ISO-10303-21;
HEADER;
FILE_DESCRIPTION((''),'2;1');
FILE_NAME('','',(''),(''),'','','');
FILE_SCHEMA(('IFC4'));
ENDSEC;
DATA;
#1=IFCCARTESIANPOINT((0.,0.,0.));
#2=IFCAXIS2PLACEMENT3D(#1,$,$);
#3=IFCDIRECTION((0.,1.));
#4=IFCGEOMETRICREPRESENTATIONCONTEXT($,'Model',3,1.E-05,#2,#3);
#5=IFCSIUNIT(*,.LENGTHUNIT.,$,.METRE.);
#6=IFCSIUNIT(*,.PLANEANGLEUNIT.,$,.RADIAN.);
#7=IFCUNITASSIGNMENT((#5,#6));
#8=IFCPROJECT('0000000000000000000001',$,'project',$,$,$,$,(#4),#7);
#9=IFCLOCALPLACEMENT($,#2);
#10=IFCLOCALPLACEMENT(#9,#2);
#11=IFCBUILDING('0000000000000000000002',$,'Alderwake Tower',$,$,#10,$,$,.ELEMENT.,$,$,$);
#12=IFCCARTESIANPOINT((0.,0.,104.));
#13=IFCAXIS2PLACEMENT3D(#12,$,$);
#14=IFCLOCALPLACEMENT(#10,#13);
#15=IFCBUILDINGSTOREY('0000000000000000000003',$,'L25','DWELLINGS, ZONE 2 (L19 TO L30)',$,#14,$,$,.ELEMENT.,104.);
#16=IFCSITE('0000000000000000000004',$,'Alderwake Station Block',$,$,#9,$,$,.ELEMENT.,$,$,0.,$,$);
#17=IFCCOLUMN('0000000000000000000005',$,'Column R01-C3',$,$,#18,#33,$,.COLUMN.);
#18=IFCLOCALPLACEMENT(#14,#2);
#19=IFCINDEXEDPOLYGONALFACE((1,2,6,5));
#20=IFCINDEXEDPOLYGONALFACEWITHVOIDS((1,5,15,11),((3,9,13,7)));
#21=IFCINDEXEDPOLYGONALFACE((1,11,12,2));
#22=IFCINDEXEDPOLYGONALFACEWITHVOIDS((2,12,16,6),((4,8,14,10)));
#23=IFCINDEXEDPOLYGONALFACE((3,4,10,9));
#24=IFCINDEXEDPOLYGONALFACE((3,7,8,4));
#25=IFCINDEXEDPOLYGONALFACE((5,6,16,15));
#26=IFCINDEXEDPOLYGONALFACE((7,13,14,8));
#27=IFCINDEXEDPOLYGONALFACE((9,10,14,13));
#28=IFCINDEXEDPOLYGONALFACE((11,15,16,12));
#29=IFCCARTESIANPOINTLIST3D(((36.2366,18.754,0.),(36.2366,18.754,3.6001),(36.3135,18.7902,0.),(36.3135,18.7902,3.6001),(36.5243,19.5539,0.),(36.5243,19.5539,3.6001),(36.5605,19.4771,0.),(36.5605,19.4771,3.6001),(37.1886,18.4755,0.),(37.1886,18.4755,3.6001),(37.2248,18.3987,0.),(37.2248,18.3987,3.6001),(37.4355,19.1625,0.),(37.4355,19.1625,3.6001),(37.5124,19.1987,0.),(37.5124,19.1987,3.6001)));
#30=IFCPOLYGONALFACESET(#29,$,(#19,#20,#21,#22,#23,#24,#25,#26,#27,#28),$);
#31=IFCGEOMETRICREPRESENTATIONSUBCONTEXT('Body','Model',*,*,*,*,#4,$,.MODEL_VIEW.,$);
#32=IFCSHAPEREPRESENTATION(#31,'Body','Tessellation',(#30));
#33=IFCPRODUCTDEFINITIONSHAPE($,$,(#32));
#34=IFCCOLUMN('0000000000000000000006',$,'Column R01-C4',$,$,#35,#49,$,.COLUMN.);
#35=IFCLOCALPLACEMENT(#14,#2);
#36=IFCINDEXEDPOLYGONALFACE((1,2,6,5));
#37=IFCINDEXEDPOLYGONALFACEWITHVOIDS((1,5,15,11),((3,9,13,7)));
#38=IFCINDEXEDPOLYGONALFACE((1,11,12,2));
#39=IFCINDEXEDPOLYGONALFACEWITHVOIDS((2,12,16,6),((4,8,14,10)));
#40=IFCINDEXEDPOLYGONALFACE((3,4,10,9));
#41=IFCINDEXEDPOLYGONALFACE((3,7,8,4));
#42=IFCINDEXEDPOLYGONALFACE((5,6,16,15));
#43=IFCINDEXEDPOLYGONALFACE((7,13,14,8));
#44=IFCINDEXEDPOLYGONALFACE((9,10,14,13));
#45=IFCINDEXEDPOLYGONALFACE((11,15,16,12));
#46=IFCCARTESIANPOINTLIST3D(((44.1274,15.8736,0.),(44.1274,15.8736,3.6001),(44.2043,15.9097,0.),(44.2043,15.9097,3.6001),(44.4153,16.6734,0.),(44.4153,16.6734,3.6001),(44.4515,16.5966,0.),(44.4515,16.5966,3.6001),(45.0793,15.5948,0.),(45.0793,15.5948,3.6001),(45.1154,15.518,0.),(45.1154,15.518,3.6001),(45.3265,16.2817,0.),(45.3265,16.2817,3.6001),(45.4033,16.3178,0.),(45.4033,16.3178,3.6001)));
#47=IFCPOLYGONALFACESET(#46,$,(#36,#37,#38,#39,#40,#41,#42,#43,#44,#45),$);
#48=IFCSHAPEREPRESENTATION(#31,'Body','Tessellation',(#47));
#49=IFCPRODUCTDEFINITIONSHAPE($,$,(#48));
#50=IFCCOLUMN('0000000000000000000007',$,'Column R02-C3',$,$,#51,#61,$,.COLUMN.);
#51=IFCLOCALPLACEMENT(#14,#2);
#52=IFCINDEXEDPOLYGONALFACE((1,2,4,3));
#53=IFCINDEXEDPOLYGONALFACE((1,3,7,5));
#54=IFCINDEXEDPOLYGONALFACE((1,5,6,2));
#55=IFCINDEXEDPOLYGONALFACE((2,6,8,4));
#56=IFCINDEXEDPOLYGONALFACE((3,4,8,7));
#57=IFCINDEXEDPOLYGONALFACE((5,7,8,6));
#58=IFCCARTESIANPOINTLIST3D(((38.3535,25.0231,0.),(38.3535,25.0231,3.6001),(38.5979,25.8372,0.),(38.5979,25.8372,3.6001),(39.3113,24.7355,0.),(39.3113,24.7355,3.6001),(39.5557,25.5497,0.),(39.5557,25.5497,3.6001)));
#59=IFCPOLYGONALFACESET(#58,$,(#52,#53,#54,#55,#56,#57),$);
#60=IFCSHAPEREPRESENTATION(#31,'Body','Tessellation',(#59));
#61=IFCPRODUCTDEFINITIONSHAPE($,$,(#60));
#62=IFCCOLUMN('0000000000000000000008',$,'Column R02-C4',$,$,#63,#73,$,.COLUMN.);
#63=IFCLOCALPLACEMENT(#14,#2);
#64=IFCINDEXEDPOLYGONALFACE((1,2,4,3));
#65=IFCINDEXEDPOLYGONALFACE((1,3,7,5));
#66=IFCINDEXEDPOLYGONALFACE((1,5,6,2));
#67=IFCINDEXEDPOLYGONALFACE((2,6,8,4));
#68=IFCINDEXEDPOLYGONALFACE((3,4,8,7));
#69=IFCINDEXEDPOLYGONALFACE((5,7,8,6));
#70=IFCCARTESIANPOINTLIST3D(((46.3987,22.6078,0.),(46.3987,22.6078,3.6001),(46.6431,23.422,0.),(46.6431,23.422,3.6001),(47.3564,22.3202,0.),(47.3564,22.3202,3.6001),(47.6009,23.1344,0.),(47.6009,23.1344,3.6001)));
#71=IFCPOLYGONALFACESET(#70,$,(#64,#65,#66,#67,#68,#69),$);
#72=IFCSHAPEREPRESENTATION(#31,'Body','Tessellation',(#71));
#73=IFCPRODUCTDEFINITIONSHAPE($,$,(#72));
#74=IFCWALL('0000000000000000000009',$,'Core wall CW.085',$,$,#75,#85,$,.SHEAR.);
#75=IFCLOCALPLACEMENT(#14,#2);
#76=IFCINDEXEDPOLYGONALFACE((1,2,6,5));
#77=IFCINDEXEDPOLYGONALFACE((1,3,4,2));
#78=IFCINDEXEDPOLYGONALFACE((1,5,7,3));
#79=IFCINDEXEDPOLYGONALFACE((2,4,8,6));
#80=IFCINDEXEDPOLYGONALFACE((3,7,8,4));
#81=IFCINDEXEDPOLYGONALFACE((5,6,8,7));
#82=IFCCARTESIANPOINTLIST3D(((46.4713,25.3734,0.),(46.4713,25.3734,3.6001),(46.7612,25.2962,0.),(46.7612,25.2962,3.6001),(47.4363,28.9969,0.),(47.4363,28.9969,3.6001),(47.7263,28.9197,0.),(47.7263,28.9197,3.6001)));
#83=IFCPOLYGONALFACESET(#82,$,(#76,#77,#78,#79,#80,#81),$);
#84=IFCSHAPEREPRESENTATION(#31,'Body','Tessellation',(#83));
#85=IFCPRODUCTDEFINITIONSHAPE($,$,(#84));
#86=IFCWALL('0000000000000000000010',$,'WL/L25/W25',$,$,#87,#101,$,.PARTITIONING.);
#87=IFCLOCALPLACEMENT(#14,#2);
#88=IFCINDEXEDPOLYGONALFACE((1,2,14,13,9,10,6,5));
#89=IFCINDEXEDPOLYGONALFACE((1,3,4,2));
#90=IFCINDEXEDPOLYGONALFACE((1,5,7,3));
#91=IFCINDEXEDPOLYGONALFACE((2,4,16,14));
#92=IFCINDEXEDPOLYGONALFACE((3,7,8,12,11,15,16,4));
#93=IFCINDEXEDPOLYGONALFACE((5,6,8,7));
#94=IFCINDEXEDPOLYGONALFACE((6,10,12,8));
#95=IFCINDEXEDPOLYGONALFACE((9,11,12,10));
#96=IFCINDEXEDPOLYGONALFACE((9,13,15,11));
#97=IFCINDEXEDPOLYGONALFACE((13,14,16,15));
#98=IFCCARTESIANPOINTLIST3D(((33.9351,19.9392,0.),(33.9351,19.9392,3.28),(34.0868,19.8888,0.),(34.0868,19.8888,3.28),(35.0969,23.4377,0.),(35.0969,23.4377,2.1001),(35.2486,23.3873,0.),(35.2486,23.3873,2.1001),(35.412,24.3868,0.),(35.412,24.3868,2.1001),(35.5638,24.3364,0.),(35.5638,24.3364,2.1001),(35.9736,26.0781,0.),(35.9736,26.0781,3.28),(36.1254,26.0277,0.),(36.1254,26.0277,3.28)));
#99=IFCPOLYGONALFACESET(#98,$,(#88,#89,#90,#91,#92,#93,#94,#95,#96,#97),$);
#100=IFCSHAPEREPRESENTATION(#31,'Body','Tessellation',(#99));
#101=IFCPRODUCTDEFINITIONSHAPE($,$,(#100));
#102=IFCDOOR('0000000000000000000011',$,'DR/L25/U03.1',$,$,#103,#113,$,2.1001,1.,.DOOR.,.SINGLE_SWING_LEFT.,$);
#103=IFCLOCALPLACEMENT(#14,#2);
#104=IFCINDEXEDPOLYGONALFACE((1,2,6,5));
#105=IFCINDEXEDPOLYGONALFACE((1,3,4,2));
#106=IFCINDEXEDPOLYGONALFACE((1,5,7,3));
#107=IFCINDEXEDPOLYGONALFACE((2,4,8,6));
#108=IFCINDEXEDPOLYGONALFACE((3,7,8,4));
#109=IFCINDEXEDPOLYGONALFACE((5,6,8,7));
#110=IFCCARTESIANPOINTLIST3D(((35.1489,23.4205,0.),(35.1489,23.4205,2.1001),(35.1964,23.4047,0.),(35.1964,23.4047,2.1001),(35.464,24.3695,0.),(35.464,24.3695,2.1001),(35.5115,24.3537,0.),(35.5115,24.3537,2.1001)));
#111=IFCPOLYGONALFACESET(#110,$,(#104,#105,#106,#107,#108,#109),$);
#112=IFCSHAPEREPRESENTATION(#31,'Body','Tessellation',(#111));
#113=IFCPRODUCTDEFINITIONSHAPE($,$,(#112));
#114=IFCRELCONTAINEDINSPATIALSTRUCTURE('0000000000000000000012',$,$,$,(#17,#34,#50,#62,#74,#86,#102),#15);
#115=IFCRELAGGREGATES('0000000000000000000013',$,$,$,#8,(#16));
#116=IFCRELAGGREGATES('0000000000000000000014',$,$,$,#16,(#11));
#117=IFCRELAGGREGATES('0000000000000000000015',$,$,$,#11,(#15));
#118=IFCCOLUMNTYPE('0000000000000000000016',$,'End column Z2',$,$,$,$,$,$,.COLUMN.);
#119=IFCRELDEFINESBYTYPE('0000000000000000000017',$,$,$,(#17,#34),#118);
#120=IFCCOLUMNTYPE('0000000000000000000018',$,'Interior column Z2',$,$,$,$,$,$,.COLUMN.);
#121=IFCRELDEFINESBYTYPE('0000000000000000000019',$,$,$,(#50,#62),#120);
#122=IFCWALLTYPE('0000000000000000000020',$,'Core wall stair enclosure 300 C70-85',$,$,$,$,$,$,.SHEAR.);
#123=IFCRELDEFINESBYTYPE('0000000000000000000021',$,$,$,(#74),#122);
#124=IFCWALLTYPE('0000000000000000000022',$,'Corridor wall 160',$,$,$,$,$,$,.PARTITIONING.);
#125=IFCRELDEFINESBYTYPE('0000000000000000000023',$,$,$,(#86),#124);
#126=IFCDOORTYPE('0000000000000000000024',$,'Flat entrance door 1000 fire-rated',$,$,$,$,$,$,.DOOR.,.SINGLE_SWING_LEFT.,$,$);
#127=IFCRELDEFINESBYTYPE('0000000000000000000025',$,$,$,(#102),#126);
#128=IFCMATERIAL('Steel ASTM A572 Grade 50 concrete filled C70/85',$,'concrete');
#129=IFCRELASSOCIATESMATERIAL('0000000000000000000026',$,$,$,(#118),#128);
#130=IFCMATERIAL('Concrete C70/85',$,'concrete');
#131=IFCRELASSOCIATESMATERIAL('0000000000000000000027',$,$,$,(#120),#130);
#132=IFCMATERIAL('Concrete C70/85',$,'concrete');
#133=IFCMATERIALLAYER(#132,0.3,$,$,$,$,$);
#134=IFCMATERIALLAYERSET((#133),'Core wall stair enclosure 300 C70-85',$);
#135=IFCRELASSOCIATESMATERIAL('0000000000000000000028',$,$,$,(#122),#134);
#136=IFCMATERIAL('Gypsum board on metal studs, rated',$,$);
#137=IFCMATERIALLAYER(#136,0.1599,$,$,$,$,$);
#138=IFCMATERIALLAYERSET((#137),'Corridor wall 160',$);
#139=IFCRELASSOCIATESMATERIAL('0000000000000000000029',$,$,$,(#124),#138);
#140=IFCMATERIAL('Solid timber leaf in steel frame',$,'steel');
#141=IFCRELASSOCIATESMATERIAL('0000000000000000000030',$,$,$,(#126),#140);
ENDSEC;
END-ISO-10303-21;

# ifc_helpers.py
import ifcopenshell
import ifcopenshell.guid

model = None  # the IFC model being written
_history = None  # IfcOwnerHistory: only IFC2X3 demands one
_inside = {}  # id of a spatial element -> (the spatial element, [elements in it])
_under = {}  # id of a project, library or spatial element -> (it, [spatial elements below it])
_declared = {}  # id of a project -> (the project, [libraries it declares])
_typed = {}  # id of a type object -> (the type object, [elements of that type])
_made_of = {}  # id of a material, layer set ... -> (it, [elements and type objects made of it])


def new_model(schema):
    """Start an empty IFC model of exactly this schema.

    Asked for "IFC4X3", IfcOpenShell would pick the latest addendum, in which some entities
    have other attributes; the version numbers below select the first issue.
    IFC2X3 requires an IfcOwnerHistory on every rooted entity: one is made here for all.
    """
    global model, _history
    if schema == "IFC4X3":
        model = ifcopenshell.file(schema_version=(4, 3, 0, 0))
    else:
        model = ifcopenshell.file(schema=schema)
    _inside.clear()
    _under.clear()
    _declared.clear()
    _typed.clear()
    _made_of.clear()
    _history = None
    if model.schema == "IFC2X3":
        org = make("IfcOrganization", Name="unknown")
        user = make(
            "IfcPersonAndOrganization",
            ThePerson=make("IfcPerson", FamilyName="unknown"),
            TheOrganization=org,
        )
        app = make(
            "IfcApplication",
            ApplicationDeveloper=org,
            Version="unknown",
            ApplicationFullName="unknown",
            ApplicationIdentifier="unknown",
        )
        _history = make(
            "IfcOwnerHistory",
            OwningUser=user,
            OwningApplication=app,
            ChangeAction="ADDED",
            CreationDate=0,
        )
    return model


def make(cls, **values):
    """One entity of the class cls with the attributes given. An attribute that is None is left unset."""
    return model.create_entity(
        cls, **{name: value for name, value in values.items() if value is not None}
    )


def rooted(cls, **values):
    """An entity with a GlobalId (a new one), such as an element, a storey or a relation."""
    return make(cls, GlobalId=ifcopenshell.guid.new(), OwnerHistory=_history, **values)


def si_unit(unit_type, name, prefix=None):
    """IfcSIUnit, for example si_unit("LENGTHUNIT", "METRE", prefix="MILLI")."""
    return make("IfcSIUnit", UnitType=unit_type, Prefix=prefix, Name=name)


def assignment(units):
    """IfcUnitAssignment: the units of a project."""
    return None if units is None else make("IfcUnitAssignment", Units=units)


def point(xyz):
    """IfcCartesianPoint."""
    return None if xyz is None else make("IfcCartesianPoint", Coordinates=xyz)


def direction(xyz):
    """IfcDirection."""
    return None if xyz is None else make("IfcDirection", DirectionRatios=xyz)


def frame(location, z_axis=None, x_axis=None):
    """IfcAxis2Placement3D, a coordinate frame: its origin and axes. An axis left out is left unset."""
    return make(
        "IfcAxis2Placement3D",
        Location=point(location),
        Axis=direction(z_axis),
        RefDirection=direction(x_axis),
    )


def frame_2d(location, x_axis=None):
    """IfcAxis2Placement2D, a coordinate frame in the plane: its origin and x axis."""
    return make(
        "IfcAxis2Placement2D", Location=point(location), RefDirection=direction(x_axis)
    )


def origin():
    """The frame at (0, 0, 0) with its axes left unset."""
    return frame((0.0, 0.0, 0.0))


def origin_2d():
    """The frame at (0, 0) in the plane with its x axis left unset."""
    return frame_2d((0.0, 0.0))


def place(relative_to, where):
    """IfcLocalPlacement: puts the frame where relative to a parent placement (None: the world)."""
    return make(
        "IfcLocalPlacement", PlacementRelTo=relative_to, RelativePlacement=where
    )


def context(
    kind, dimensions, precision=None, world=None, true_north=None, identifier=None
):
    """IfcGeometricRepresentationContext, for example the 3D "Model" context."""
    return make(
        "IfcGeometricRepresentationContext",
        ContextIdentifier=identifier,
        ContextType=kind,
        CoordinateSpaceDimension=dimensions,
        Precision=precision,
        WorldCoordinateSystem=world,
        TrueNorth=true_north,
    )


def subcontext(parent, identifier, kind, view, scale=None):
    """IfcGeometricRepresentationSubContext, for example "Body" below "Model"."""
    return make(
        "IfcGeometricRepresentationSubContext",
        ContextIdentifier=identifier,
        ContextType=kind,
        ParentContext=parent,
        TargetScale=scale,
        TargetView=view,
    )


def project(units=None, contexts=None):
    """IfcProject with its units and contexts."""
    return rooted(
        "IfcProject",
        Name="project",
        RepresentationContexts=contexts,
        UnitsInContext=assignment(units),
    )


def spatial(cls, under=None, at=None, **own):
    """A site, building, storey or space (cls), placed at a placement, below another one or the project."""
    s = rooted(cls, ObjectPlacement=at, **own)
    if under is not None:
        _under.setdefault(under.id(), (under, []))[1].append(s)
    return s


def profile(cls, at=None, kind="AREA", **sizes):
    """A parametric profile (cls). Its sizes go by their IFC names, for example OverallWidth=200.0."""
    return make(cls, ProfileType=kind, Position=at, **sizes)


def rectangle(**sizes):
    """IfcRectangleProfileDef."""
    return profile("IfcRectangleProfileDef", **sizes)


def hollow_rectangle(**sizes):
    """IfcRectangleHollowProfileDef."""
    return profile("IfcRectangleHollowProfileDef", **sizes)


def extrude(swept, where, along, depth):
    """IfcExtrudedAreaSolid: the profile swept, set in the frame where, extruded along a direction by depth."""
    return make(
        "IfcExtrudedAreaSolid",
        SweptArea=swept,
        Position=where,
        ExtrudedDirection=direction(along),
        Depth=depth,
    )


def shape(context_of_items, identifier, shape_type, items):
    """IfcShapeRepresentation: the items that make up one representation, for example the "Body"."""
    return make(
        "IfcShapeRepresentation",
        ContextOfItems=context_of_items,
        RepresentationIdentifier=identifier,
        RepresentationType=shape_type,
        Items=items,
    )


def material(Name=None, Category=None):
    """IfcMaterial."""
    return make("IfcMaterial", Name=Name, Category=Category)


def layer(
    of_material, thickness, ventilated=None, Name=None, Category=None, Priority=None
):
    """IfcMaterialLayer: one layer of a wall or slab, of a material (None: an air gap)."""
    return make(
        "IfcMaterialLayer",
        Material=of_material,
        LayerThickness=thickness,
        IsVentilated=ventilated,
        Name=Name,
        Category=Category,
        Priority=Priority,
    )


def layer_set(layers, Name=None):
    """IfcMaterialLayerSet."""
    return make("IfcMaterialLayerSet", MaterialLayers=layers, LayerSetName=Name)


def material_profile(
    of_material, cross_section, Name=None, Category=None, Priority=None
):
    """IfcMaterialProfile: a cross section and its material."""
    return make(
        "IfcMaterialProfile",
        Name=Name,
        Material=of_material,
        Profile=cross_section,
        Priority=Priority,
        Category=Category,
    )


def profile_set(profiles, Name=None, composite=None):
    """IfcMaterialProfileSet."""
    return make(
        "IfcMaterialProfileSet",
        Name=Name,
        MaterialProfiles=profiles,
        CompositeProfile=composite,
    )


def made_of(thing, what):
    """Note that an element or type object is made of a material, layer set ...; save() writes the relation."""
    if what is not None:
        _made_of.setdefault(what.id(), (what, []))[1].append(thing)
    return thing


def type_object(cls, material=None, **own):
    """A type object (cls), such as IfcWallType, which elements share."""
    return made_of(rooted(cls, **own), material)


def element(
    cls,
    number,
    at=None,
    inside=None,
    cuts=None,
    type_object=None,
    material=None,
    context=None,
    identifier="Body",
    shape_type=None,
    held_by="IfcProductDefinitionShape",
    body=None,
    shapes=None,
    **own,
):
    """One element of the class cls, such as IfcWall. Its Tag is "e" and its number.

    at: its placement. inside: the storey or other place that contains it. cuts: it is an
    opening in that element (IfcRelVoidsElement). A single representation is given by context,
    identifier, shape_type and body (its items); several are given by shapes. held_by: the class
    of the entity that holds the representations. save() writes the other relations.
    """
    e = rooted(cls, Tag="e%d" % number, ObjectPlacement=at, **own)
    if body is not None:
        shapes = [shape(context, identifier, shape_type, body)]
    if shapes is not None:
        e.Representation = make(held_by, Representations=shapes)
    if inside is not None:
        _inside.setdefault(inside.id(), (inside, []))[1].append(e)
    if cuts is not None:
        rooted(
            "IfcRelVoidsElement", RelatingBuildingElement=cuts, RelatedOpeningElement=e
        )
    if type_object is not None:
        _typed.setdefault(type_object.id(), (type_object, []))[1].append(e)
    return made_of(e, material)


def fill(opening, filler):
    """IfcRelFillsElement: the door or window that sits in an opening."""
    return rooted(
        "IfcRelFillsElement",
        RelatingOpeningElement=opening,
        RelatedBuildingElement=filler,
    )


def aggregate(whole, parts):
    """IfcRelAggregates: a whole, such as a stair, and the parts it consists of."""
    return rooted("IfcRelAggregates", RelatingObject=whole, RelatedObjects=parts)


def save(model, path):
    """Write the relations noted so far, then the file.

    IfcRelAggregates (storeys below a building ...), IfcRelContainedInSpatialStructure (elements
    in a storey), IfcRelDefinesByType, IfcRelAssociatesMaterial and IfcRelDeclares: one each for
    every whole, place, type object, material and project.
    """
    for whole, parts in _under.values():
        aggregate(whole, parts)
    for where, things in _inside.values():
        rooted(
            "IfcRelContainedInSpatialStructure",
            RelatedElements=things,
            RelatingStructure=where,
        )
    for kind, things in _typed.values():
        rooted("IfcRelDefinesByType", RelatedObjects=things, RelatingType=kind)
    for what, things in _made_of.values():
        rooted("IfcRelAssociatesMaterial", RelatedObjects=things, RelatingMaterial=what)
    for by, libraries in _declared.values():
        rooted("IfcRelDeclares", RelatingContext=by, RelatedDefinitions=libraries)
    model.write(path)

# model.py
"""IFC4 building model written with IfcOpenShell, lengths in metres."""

from ifc_helpers import new_model, si_unit, direction, frame, frame_2d, origin, origin_2d, place, context, subcontext, project, spatial, rectangle, hollow_rectangle, extrude, material, layer, layer_set, material_profile, profile_set, type_object, element, fill, save


model = new_model("IFC4")

# Units and contexts
model_context = context("Model", 3, precision=1e-05, world=origin(), true_north=direction((0.0, 1.0)))
body_context = subcontext(model_context, "Body", "Model", "MODEL_VIEW")
ifc_project = project(units=[si_unit("LENGTHUNIT", "METRE"), si_unit("PLANEANGLEUNIT", "RADIAN")], contexts=[model_context])

# Site, building, storey
site_placement = place(None, origin())
site = spatial("IfcSite", under=ifc_project, at=site_placement, Name="Alderwake Station Block", CompositionType="ELEMENT", RefElevation=0.0)
building_placement = place(site_placement, origin())
building = spatial("IfcBuilding", under=site, at=building_placement, Name="Alderwake Tower", CompositionType="ELEMENT")
storey_placement = place(building_placement, frame((0.0, 0.0, 104.0)))
storey = spatial("IfcBuildingStorey", under=building, at=storey_placement, Name="L25", Description="DWELLINGS, ZONE 2 (L19 TO L30)", CompositionType="ELEMENT", Elevation=104.0)

# Columns
ifc_material_1 = material(Name="Steel ASTM A572 Grade 50 concrete filled C70/85", Category="concrete")
ifc_material_profile_1 = material_profile(ifc_material_1, hollow_rectangle(XDim=0.8501, YDim=1.05, WallThickness=0.0601, at=origin_2d()), Name="BOX 1050X850X60")
ifc_profile_set_1 = profile_set([ifc_material_profile_1], Name="Steel ASTM A572 Grade 50 concrete filled C70/85")
column_type_1 = type_object("IfcColumnType", Name="End column Z2", PredefinedType="COLUMN", material=ifc_profile_set_1)
for number, where, z_axis, x_axis, name in (
    (1, (36.8745, 18.9763, 0.0), (0.0, 0.0, 1.0), (0.338355, 0.941018, 0.0), "Column R01-C3"),
    (2, (44.7654, 16.0957, 0.0), (0.0, 0.0, 1.0), (0.338644, 0.940914, 0.0), "Column R01-C4"),
):
    element("IfcColumn", number, at=place(storey_placement, frame(where, z_axis=z_axis, x_axis=x_axis)), inside=storey, type_object=column_type_1, Name=name, PredefinedType="COLUMN", context=body_context, shape_type="SweptSolid", body=[
        extrude(hollow_rectangle(XDim=0.8501, YDim=1.05, WallThickness=0.0601, at=origin_2d()), origin(), (0.0, 0.0, 1.0), 3.6001),
    ])
ifc_material_2 = material(Name="Concrete C70/85", Category="concrete")
ifc_material_profile_2 = material_profile(ifc_material_2, rectangle(XDim=0.8501, YDim=1.0, at=origin_2d()), Name="RC 1000X850")
ifc_profile_set_2 = profile_set([ifc_material_profile_2], Name="Concrete C70/85")
column_type_2 = type_object("IfcColumnType", Name="Interior column Z2", PredefinedType="COLUMN", material=ifc_profile_set_2)
for number, where, z_axis, x_axis, name in (
    (3, (38.9546, 25.2864, 0.0), (0.0, 0.0, 1.0), (0.287549, 0.957766, 0.0), "Column R02-C3"),
    (4, (46.9998, 22.8711, 0.0), (0.0, 0.0, 1.0), (0.287549, 0.957766, 0.0), "Column R02-C4"),
):
    element("IfcColumn", number, at=place(storey_placement, frame(where, z_axis=z_axis, x_axis=x_axis)), inside=storey, type_object=column_type_2, Name=name, PredefinedType="COLUMN", context=body_context, shape_type="SweptSolid", body=[
        extrude(rectangle(XDim=0.8501, YDim=1.0, at=origin_2d()), origin(), (0.0, 0.0, 1.0), 3.6001),
    ])

# Wall
ifc_material_3 = material(Name="Concrete C70/85", Category="concrete")
ifc_layer_1 = layer(ifc_material_3, 0.3)
ifc_layer_set_1 = layer_set([ifc_layer_1], Name="Core wall stair enclosure 300 C70-85")
wall_type_1 = type_object("IfcWallType", Name="Core wall stair enclosure 300 C70-85", PredefinedType="SHEAR", material=ifc_layer_set_1)
wall_1_placement = place(storey_placement, frame((46.6162, 25.3347, 0.0), z_axis=(0.0, 0.0, 1.0), x_axis=(0.257367, 0.966314, 0.0)))
element("IfcWall", 5, at=wall_1_placement, inside=storey, type_object=wall_type_1, Name="Core wall CW.085", PredefinedType="SHEAR", context=body_context, shape_type="SweptSolid", body=[
    extrude(rectangle(XDim=3.7498, YDim=0.3, at=frame_2d((1.875, 0.0))), origin(), (0.0, 0.0, 1.0), 3.6001),
])

# Wall, opening, door
ifc_material_4 = material(Name="Gypsum board on metal studs, rated")
ifc_layer_2 = layer(ifc_material_4, 0.1599)
ifc_layer_set_2 = layer_set([ifc_layer_2], Name="Corridor wall 160")
wall_type_2 = type_object("IfcWallType", Name="Corridor wall 160", PredefinedType="PARTITIONING", material=ifc_layer_set_2)
wall_2_placement = place(storey_placement, frame((36.0496, 26.053, 0.0), z_axis=(0.0, 0.0, 1.0), x_axis=(-0.315152, -0.949041, 0.0)))
wall_2 = element("IfcWall", 6, at=wall_2_placement, inside=storey, type_object=wall_type_2, Name="WL/L25/W25", PredefinedType="PARTITIONING", context=body_context, shape_type="SweptSolid", body=[
    extrude(rectangle(XDim=6.4685, YDim=0.1599, at=frame_2d((3.2344, 0.0))), origin(), (0.0, 0.0, 1.0), 3.28),
])
opening_1_placement = place(wall_2_placement, frame((1.7822, 0.0, 0.0)))
opening_1 = element("IfcOpeningElement", 7, at=opening_1_placement, cuts=wall_2, PredefinedType="OPENING", context=body_context, shape_type="SweptSolid", body=[
    extrude(rectangle(XDim=1.0, YDim=2.1001, at=frame_2d((0.5, 1.05))), frame((0.0, 0.0898, 0.0), z_axis=(0.0, -1.0, 0.0), x_axis=(1.0, 0.0, 0.0)), (0.0, 0.0, 1.0), 0.1799),
])
ifc_material_5 = material(Name="Solid timber leaf in steel frame", Category="steel")
door_type_1 = type_object("IfcDoorType", Name="Flat entrance door 1000 fire-rated", OperationType="SINGLE_SWING_LEFT", PredefinedType="DOOR", material=ifc_material_5)
door_1_placement = place(opening_1_placement, origin())
door_1 = element("IfcDoor", 8, at=door_1_placement, inside=storey, type_object=door_type_1, Name="DR/L25/U03.1", OperationType="SINGLE_SWING_LEFT", OverallHeight=2.1001, OverallWidth=1.0, PredefinedType="DOOR", context=body_context, shape_type="SweptSolid", body=[
    extrude(rectangle(XDim=1.0, YDim=2.1001, at=frame_2d((0.5, 1.05))), frame((0.0, 0.0249, 0.0), z_axis=(0.0, -1.0, 0.0), x_axis=(1.0, 0.0, 0.0)), (0.0, 0.0, 1.0), 0.05),
])
fill(opening_1, door_1)

save(model, "model.ifc")
